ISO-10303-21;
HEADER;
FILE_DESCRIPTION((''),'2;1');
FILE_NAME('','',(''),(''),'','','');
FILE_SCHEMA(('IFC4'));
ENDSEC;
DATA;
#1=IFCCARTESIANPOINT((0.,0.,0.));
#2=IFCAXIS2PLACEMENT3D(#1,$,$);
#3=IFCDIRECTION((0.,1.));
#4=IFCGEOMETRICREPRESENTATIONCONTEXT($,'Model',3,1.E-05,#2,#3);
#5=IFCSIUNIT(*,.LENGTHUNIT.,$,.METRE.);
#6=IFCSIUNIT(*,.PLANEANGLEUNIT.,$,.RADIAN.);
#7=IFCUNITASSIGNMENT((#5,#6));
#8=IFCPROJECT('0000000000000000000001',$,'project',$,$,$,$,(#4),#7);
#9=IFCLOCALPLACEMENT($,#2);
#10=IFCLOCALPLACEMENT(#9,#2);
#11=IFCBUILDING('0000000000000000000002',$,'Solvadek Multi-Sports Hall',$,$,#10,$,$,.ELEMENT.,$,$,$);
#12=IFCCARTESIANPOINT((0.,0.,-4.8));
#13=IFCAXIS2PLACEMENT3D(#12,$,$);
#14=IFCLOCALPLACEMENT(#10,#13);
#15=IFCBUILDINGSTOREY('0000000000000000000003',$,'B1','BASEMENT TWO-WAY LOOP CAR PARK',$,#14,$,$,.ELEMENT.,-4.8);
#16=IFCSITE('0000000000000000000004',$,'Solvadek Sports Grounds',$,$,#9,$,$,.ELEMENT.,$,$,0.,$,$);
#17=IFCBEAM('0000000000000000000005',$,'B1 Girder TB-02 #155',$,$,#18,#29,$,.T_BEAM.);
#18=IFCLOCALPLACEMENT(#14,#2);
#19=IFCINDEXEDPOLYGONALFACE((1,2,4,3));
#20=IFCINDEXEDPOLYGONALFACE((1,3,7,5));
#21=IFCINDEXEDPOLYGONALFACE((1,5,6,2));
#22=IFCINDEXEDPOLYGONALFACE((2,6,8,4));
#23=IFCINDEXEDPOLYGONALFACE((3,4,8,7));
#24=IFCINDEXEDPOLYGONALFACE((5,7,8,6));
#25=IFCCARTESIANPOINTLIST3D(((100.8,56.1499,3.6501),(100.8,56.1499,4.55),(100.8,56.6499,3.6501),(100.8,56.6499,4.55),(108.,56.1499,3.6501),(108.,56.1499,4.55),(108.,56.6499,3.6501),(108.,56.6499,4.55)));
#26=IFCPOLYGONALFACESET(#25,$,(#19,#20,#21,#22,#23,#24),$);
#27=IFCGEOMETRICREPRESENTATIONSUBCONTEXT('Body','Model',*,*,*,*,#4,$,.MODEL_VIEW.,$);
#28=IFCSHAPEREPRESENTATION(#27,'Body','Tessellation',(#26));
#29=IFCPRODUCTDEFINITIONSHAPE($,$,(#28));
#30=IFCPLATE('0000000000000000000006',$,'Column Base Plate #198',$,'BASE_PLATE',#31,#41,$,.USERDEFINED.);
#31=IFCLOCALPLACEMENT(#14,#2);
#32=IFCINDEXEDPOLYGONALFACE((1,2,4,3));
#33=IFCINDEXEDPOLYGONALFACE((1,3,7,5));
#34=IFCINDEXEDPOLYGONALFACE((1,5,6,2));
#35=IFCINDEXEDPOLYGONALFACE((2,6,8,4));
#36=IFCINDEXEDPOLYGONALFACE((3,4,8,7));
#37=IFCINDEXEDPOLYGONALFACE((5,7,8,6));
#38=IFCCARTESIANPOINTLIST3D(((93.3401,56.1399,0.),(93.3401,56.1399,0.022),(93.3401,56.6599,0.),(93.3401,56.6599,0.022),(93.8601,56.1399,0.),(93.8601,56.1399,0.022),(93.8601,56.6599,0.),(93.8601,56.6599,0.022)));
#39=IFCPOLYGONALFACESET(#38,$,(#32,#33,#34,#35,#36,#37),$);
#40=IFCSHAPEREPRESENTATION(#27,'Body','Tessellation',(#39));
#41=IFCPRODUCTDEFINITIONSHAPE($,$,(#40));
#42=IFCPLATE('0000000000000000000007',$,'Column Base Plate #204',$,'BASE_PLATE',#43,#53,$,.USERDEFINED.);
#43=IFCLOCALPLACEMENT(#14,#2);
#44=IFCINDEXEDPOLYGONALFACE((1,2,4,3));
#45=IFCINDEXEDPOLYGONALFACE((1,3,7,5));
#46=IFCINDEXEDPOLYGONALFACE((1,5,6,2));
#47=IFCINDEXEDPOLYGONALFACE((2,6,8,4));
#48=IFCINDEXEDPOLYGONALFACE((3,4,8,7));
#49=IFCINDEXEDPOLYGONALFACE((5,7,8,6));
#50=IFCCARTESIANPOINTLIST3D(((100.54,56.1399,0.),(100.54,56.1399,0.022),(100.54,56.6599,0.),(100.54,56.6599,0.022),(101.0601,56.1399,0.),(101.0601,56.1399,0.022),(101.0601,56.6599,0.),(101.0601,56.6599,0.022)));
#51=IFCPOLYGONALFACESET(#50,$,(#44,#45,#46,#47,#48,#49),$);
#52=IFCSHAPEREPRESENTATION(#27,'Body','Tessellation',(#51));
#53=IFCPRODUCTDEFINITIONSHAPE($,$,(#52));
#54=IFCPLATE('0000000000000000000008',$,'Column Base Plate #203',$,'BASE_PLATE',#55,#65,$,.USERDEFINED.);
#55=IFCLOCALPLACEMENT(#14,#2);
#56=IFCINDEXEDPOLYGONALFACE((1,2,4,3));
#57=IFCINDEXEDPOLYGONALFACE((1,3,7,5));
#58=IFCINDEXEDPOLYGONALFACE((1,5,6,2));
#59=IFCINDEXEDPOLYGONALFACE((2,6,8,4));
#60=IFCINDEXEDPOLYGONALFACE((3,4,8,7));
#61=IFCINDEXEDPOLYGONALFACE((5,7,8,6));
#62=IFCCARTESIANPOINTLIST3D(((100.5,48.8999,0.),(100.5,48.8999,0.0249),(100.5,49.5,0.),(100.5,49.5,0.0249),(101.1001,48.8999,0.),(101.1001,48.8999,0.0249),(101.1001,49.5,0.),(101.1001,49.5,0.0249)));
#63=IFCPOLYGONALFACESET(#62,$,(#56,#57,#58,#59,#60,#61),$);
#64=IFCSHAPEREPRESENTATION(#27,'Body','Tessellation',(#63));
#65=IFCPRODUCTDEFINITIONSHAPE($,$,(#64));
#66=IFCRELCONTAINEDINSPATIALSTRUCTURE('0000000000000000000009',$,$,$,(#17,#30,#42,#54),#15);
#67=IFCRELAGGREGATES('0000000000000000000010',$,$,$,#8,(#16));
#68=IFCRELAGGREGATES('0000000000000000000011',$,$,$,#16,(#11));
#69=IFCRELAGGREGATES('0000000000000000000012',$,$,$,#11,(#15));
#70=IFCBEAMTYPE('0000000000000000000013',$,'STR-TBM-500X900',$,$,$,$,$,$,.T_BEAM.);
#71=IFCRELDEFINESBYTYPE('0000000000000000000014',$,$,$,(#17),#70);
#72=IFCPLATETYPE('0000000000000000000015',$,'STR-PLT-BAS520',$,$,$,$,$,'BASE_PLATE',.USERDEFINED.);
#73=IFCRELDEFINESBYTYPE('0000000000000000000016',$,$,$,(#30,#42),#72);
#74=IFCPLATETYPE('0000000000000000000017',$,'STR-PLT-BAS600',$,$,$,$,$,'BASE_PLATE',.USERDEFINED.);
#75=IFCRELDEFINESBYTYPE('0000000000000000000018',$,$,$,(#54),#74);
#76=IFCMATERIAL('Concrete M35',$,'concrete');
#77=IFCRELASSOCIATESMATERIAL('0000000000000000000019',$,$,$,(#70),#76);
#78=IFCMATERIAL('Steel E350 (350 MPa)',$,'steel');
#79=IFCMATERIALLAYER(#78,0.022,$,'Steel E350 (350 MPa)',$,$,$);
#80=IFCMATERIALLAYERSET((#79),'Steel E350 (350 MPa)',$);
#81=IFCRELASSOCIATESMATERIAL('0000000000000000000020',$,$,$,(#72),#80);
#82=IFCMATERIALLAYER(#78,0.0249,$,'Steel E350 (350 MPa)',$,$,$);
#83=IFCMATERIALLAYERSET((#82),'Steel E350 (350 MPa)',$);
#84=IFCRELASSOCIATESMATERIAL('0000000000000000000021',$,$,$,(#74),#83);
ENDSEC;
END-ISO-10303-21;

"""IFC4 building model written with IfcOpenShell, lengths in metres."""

from ifc_helpers import new_model, si_unit, direction, frame, origin, origin_2d, place, context, subcontext, project, spatial, rectangle, extrude, material, layer, layer_set, material_profile, profile_set, type_object, element, save


model = new_model("IFC4")

# Units and contexts
model_context = context("Model", 3, precision=1e-05, world=origin(), true_north=direction((0.0, 1.0)))
body_context = subcontext(model_context, "Body", "Model", "MODEL_VIEW")
ifc_project = project(units=[si_unit("LENGTHUNIT", "METRE"), si_unit("PLANEANGLEUNIT", "RADIAN")], contexts=[model_context])

# Site, building, storey
site_placement = place(None, origin())
site = spatial("IfcSite", under=ifc_project, at=site_placement, Name="Solvadek Sports Grounds", CompositionType="ELEMENT", RefElevation=0.0)
building_placement = place(site_placement, origin())
building = spatial("IfcBuilding", under=site, at=building_placement, Name="Solvadek Multi-Sports Hall", CompositionType="ELEMENT")
storey_placement = place(building_placement, frame((0.0, 0.0, -4.8)))
storey = spatial("IfcBuildingStorey", under=building, at=storey_placement, Name="B1", Description="BASEMENT TWO-WAY LOOP CAR PARK", CompositionType="ELEMENT", Elevation=-4.8)

# Shared definitions
ifc_material_1 = material(Name="Concrete M35", Category="concrete")

# Shared definitions
ifc_material_2 = material(Name="Steel E350 (350 MPa)", Category="steel")

# Beam
ifc_material_profile_1 = material_profile(ifc_material_1, rectangle(XDim=0.5, YDim=0.8999, at=origin_2d()), Name="RC T-BEAM 500x900")
ifc_profile_set_1 = profile_set([ifc_material_profile_1], Name="Concrete M35")
beam_type_1 = type_object("IfcBeamType", Name="STR-TBM-500X900", PredefinedType="T_BEAM", material=ifc_profile_set_1)
for number, where, z_axis, x_axis, name in (
    (1, (100.8, 56.3999, 4.1001), (1.0, 0.0, 0.0), (0.0, 1.0, 0.0), "B1 Girder TB-02 #155"),
):
    element("IfcBeam", number, at=place(storey_placement, frame(where, z_axis=z_axis, x_axis=x_axis)), inside=storey, type_object=beam_type_1, Name=name, PredefinedType="T_BEAM", context=body_context, shape_type="SweptSolid", body=[
        extrude(rectangle(XDim=0.5, YDim=0.8999, at=origin_2d()), origin(), (0.0, 0.0, 1.0), 7.2),
    ])

# Plates
ifc_layer_1 = layer(ifc_material_2, 0.022, Name="Steel E350 (350 MPa)")
ifc_layer_set_1 = layer_set([ifc_layer_1], Name="Steel E350 (350 MPa)")
plate_type_1 = type_object("IfcPlateType", Name="STR-PLT-BAS520", ElementType="BASE_PLATE", PredefinedType="USERDEFINED", material=ifc_layer_set_1)
for number, where, z_axis, x_axis, name in (
    (2, (93.6001, 56.3999, 0.0), (0.0, 0.0, 1.0), (1.0, 0.0, 0.0), "Column Base Plate #198"),
    (3, (100.8, 56.3999, 0.0), (0.0, 0.0, 1.0), (1.0, 0.0, 0.0), "Column Base Plate #204"),
):
    element("IfcPlate", number, at=place(storey_placement, frame(where, z_axis=z_axis, x_axis=x_axis)), inside=storey, type_object=plate_type_1, Name=name, ObjectType="BASE_PLATE", PredefinedType="USERDEFINED", context=body_context, shape_type="SweptSolid", body=[
        extrude(rectangle(XDim=0.52, YDim=0.52, at=origin_2d()), origin(), (0.0, 0.0, 1.0), 0.022),
    ])
ifc_layer_2 = layer(ifc_material_2, 0.0249, Name="Steel E350 (350 MPa)")
ifc_layer_set_2 = layer_set([ifc_layer_2], Name="Steel E350 (350 MPa)")
plate_type_2 = type_object("IfcPlateType", Name="STR-PLT-BAS600", ElementType="BASE_PLATE", PredefinedType="USERDEFINED", material=ifc_layer_set_2)
plate_placement = place(storey_placement, frame((100.8, 49.2, 0.0), z_axis=(0.0, 0.0, 1.0), x_axis=(1.0, 0.0, 0.0)))
element("IfcPlate", 4, at=plate_placement, inside=storey, type_object=plate_type_2, Name="Column Base Plate #203", ObjectType="BASE_PLATE", PredefinedType="USERDEFINED", context=body_context, shape_type="SweptSolid", body=[
    extrude(rectangle(XDim=0.6001, YDim=0.6001, at=origin_2d()), origin(), (0.0, 0.0, 1.0), 0.0249),
])

save(model, "model.ifc")
